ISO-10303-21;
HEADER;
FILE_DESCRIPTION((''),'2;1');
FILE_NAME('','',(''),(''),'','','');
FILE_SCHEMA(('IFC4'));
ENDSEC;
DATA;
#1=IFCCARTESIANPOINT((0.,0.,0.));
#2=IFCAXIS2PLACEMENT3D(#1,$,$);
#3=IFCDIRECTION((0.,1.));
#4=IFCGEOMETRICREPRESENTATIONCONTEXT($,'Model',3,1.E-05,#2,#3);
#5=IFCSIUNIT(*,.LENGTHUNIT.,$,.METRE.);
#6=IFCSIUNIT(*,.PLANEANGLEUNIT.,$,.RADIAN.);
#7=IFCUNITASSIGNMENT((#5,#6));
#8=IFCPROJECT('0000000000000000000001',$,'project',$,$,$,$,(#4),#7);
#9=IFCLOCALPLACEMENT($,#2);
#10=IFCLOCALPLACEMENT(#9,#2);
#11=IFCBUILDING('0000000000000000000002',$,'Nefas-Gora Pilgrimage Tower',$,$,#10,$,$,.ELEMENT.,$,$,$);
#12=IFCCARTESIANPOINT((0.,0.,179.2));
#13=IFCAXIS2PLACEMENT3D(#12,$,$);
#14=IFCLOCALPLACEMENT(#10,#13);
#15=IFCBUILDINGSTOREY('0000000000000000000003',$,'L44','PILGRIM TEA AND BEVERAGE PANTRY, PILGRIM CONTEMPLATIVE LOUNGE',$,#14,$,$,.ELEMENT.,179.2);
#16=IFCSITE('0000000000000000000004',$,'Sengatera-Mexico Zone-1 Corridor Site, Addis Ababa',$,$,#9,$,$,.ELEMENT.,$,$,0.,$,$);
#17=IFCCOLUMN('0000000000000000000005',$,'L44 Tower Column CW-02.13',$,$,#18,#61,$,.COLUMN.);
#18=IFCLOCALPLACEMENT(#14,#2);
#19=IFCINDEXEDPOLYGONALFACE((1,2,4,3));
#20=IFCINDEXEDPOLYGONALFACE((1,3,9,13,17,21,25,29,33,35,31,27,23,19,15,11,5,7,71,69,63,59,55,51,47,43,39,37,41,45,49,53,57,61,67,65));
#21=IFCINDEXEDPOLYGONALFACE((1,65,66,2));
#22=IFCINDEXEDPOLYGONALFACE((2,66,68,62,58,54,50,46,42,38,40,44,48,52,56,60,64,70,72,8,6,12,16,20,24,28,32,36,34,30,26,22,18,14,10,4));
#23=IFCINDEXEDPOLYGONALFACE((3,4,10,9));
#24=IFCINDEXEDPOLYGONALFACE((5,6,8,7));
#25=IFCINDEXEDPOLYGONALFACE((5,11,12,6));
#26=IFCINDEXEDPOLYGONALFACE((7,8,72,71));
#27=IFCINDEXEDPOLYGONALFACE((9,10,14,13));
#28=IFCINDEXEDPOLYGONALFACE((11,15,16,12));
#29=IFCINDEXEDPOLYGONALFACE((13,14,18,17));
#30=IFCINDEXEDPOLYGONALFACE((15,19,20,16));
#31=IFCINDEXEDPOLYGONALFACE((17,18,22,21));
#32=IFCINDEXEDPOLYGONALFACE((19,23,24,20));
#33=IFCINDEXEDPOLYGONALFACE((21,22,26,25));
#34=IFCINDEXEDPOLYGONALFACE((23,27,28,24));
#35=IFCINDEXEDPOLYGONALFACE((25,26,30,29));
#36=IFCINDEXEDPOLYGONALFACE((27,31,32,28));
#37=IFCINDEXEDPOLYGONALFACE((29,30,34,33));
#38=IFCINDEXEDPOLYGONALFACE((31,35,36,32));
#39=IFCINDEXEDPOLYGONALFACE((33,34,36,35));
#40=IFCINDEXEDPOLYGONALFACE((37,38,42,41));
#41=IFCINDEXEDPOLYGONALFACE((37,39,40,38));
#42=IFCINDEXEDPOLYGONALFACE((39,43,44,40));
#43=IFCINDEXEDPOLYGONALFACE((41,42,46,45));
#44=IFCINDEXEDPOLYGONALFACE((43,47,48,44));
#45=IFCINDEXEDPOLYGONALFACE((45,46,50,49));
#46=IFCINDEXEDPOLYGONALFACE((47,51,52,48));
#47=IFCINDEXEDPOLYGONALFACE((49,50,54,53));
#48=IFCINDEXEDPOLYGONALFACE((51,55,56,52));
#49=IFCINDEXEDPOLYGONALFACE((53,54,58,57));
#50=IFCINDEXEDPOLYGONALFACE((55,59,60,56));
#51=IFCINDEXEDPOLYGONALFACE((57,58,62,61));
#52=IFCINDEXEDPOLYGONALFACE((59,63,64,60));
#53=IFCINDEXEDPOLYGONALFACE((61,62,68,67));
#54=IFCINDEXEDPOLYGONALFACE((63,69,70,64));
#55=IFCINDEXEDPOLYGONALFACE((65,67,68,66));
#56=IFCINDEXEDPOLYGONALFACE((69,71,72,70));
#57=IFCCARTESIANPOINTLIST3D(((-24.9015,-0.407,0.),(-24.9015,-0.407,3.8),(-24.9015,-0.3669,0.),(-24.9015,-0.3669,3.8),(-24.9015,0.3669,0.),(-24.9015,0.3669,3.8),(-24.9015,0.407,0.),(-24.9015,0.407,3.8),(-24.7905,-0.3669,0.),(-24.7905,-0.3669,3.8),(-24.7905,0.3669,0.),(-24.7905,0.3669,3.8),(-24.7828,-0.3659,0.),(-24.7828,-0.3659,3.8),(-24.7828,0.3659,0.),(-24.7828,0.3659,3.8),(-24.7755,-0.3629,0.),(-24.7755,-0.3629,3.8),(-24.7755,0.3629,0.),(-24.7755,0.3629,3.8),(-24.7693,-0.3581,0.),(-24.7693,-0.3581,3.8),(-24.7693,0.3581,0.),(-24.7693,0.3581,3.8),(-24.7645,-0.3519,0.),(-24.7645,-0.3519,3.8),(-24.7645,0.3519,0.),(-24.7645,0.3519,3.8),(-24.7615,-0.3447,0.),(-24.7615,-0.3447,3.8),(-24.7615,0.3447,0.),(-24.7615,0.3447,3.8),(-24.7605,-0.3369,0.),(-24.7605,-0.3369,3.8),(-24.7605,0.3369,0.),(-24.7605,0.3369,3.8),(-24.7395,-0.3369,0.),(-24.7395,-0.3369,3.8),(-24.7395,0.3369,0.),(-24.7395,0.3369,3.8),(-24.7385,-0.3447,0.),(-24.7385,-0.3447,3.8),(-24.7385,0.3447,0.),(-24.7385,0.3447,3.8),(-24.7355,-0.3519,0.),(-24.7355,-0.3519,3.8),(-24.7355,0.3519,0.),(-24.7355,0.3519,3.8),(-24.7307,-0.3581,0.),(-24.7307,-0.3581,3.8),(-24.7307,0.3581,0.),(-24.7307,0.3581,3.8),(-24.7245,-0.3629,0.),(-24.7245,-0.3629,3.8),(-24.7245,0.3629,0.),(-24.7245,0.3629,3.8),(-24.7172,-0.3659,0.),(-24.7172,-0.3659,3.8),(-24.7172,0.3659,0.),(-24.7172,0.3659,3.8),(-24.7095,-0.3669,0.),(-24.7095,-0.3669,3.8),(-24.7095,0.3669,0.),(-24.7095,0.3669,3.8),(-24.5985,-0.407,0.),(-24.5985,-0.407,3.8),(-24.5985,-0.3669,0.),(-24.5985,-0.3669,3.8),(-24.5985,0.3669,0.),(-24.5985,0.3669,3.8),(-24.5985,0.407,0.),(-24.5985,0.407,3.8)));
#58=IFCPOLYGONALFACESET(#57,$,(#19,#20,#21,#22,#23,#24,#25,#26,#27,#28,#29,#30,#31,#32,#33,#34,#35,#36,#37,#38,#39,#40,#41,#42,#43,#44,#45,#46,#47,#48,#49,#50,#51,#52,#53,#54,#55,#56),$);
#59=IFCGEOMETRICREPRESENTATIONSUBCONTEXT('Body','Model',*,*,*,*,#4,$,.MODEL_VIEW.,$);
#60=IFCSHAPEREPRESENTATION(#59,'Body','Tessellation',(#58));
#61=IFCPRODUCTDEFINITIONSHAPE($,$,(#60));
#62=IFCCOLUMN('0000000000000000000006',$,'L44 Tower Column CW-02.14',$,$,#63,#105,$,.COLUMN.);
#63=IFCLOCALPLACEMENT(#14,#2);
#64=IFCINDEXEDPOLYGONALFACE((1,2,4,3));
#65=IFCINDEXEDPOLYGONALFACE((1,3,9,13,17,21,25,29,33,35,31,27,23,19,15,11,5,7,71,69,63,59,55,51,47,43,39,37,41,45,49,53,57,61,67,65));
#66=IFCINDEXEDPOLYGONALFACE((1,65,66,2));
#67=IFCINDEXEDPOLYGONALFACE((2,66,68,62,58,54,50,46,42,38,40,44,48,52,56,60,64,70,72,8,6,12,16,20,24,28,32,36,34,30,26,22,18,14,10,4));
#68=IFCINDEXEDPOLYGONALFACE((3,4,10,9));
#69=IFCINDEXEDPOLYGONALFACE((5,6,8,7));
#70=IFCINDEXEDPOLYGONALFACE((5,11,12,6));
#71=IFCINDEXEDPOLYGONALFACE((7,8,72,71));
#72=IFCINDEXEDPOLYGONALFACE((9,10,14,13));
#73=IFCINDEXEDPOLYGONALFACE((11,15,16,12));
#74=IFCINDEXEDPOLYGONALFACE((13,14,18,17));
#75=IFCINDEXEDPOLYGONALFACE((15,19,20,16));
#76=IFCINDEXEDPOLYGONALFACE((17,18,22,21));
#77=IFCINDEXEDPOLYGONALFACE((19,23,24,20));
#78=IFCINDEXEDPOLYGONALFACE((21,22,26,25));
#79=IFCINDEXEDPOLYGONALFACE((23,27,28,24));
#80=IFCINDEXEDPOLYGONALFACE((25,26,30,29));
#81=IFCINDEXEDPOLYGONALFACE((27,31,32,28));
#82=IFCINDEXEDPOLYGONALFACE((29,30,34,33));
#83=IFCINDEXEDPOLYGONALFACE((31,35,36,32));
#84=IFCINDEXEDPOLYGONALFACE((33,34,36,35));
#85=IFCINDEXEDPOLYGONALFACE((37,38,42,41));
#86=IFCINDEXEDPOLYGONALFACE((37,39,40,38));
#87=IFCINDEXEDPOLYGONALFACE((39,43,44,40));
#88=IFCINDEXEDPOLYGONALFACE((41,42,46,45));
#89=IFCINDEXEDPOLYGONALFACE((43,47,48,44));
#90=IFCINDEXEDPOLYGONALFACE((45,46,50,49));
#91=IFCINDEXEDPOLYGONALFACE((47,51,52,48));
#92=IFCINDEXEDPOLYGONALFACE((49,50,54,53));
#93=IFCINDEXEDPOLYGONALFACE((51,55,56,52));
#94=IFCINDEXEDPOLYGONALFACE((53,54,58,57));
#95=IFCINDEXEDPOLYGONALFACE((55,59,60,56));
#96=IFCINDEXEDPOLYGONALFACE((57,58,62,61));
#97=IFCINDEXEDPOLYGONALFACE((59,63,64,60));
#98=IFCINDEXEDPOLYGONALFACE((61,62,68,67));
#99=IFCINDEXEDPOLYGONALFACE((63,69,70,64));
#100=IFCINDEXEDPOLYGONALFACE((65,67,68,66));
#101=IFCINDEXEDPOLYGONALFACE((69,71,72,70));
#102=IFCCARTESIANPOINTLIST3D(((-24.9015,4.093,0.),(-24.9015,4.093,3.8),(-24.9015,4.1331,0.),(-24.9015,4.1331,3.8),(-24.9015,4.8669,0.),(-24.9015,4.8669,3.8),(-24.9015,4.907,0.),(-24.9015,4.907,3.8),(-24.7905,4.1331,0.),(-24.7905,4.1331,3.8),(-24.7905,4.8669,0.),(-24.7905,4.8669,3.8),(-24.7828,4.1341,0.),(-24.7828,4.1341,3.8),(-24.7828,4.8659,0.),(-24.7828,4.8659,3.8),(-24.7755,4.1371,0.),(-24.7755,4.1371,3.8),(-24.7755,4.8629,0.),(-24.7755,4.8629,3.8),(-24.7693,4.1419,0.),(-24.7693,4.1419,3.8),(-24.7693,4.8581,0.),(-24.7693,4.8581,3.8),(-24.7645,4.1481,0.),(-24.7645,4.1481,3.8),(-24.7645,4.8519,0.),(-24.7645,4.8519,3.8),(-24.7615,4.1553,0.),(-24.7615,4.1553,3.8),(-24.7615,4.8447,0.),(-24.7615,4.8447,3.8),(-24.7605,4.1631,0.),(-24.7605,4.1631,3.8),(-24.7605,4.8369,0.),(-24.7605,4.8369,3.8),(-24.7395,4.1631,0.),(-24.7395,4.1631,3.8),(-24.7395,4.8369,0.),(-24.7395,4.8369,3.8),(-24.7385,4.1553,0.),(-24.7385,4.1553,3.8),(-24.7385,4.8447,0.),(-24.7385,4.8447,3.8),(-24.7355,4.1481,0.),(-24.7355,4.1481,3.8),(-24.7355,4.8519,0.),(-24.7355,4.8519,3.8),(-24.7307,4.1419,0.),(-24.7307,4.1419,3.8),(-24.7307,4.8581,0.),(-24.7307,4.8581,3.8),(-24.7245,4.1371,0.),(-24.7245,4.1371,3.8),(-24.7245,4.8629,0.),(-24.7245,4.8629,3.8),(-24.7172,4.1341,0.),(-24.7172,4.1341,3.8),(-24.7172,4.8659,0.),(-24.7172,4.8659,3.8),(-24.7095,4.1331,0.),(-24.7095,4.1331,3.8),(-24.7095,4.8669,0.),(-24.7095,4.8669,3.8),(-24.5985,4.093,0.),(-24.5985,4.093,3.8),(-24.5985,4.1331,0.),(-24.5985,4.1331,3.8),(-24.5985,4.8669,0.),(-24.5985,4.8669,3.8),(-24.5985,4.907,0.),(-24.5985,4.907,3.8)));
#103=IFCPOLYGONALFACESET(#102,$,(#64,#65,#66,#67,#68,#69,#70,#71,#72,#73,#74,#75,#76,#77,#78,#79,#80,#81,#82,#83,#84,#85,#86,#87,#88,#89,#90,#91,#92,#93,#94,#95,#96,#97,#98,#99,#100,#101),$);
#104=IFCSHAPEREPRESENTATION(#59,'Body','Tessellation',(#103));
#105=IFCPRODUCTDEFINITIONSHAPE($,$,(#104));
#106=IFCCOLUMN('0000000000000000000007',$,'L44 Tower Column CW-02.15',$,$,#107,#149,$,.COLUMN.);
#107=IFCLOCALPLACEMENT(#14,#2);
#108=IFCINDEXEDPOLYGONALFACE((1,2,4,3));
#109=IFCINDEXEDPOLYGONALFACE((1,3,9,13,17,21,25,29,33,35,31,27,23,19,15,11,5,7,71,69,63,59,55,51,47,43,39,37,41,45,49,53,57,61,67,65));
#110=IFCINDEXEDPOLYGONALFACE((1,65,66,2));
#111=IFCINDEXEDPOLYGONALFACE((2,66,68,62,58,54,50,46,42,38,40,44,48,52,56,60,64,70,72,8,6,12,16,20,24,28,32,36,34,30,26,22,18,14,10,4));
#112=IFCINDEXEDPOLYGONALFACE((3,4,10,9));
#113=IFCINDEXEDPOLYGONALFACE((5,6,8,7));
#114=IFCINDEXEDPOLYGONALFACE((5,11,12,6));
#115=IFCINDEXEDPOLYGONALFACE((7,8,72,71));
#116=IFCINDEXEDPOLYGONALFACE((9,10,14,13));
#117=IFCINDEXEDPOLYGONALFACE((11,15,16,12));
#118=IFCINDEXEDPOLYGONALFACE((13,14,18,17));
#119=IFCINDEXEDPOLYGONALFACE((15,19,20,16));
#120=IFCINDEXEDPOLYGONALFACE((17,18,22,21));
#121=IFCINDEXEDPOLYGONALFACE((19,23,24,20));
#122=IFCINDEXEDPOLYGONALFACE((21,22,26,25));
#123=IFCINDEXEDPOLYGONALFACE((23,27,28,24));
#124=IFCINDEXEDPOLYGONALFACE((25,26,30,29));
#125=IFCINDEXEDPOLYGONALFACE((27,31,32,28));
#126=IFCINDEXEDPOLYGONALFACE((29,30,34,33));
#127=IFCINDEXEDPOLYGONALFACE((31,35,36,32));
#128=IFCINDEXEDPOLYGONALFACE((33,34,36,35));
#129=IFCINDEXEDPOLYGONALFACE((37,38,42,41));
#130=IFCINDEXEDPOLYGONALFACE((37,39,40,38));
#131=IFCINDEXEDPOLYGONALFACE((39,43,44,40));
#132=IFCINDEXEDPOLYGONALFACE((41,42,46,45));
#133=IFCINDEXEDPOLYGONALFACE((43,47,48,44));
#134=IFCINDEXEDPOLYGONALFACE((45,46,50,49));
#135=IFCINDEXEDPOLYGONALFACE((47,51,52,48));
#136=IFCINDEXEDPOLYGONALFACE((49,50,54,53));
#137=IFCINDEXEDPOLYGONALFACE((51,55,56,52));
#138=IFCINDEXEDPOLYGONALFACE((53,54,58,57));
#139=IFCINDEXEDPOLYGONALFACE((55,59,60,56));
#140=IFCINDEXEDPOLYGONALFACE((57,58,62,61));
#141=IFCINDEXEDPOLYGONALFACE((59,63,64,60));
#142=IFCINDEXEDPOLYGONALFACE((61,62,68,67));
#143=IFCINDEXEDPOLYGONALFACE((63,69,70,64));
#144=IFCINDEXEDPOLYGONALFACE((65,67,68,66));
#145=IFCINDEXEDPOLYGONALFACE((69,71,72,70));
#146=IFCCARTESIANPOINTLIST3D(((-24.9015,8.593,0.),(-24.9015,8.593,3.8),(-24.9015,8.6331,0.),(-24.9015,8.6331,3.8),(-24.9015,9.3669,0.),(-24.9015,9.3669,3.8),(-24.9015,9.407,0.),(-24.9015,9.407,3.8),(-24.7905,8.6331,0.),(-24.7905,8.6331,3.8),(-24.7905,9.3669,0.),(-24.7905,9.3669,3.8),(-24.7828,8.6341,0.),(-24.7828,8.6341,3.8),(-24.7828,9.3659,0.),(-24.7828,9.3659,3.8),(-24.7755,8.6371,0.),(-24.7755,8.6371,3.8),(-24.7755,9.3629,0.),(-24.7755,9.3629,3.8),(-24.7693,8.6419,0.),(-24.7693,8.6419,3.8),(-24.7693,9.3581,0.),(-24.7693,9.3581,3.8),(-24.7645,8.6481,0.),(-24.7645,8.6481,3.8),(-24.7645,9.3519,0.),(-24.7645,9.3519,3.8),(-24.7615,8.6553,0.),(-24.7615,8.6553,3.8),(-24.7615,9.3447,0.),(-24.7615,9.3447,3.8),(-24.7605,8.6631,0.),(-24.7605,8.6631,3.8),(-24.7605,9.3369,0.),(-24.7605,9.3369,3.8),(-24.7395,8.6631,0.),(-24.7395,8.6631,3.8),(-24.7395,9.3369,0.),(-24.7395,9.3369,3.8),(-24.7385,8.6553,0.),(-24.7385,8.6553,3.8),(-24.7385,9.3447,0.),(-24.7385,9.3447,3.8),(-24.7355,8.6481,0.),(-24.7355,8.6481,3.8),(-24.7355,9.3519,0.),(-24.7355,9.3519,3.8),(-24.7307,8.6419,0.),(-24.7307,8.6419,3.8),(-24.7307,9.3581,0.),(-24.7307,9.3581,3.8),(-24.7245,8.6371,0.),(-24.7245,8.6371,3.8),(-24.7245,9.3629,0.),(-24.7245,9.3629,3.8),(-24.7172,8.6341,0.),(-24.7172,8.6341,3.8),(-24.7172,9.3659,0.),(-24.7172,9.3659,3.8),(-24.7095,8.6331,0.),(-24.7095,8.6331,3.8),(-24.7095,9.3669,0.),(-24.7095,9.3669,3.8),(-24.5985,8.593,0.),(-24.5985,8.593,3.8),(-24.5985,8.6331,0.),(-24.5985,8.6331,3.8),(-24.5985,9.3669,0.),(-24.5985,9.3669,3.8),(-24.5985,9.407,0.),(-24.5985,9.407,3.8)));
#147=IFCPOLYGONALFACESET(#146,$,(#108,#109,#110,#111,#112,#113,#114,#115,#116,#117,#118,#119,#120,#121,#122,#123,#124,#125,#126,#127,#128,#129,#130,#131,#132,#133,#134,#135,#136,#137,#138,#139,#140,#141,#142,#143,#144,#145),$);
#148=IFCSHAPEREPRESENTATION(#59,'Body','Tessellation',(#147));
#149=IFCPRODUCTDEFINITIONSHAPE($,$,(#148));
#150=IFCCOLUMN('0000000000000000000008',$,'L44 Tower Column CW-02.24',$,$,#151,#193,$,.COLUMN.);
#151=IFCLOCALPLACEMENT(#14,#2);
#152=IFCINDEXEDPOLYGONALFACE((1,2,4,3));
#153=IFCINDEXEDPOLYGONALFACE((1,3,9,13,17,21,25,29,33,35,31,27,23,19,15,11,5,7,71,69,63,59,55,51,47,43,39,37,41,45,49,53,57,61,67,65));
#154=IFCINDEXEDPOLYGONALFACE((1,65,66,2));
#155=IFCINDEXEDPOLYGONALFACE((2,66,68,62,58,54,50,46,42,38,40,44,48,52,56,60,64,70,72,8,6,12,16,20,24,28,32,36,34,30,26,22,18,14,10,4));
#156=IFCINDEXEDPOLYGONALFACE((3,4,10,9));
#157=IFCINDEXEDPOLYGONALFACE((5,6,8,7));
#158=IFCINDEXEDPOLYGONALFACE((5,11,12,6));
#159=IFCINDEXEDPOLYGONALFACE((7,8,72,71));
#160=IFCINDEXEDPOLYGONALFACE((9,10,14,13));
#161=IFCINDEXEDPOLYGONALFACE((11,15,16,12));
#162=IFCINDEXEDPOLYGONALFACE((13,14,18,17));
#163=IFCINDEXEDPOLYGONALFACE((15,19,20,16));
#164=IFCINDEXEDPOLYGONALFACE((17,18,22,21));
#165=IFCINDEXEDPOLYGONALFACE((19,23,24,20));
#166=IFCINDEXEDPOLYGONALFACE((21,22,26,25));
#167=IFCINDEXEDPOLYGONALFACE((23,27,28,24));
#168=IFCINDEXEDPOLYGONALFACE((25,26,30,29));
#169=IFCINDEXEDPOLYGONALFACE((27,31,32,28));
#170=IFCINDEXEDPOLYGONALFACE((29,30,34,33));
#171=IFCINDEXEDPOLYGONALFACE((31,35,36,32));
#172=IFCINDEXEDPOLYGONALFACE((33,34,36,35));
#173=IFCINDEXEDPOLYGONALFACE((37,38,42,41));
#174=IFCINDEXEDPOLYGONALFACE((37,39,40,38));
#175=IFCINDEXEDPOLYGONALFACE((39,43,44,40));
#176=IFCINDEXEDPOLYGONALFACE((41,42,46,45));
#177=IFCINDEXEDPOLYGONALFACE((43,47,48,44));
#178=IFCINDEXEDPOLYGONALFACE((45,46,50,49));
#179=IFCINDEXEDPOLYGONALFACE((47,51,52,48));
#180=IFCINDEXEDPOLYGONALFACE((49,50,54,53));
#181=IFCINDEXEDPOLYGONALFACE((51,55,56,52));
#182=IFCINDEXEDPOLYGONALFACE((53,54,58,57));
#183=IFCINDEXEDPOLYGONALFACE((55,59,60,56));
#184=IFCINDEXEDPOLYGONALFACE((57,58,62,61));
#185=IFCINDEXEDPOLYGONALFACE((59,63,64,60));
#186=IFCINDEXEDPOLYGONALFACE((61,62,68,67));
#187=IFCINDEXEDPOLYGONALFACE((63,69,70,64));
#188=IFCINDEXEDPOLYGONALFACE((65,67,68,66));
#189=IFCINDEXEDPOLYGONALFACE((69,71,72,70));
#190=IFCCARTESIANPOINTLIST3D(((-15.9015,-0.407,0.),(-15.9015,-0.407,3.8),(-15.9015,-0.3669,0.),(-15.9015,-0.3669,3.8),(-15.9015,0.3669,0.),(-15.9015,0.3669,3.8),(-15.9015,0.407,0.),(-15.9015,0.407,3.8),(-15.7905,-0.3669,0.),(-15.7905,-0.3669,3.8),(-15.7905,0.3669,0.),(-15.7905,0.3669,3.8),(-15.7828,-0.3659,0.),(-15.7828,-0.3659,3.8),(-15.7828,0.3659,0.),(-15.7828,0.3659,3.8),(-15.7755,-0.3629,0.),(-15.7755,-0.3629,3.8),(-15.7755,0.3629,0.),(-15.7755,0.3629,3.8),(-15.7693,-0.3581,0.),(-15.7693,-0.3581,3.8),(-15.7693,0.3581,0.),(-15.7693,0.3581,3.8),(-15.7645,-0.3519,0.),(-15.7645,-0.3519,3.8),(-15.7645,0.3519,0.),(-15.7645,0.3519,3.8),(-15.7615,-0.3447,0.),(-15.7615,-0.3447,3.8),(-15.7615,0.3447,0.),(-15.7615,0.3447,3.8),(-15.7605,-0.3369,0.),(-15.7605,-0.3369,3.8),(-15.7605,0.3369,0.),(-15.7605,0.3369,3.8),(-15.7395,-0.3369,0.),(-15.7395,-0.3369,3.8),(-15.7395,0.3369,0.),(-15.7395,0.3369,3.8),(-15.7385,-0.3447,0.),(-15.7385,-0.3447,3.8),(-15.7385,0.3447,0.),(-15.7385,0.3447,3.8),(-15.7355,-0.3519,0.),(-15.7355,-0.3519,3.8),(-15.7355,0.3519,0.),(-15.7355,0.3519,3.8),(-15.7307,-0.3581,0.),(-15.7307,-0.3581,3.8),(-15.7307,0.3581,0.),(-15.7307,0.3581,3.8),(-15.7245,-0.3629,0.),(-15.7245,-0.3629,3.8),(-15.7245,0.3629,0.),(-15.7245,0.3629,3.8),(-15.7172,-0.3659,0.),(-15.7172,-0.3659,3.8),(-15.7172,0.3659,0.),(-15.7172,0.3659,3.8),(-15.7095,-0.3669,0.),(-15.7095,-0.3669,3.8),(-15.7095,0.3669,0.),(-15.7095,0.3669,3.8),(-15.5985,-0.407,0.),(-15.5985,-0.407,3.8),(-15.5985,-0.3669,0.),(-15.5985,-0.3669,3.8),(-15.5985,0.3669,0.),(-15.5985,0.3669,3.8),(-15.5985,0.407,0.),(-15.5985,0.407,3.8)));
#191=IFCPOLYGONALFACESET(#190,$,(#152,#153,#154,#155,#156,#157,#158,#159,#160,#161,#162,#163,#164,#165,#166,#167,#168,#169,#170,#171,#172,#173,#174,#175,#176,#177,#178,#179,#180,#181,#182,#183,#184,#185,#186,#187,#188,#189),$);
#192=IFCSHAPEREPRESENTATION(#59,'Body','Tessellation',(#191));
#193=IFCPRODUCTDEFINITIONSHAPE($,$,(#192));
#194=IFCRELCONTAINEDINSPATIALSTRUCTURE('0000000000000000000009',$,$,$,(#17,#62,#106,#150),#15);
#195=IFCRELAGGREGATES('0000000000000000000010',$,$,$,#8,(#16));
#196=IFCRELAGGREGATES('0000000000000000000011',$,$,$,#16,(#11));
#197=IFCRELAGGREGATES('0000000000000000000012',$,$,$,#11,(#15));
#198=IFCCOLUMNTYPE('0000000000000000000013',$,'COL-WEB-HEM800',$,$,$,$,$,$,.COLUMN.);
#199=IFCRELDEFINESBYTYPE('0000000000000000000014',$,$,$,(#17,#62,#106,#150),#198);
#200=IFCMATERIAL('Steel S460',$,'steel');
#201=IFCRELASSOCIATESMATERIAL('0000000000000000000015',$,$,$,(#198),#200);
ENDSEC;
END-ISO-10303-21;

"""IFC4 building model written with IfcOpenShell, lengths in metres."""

from ifc_helpers import new_model, si_unit, direction, frame, origin, origin_2d, place, context, subcontext, project, spatial, i_section, extrude, source, transform, mapped, material, material_profile, profile_set, type_object, element, save


model = new_model("IFC4")

# Units and contexts
model_context = context("Model", 3, precision=1e-05, world=origin(), true_north=direction((0.0, 1.0)))
body_context = subcontext(model_context, "Body", "Model", "MODEL_VIEW")
ifc_project = project(units=[si_unit("LENGTHUNIT", "METRE"), si_unit("PLANEANGLEUNIT", "RADIAN")], contexts=[model_context])

# Site, building, storey
site_placement = place(None, origin())
site = spatial("IfcSite", under=ifc_project, at=site_placement, Name="Sengatera-Mexico Zone-1 Corridor Site, Addis Ababa", CompositionType="ELEMENT", RefElevation=0.0)
building_placement = place(site_placement, origin())
building = spatial("IfcBuilding", under=site, at=building_placement, Name="Nefas-Gora Pilgrimage Tower", CompositionType="ELEMENT")
storey_placement = place(building_placement, frame((0.0, 0.0, 179.2)))
storey = spatial("IfcBuildingStorey", under=building, at=storey_placement, Name="L44", Description="PILGRIM TEA AND BEVERAGE PANTRY, PILGRIM CONTEMPLATIVE LOUNGE", CompositionType="ELEMENT", Elevation=179.2)

# Columns
ifc_material_1 = material(Name="Steel S460", Category="steel")
ifc_material_profile_1 = material_profile(ifc_material_1, i_section(OverallWidth=0.303, OverallDepth=0.814, WebThickness=0.021, FlangeThickness=0.04, FilletRadius=0.03, at=origin_2d()), Name="HEM 800")
ifc_profile_set_1 = profile_set([ifc_material_profile_1], Name="Steel S460")
column_type_1 = type_object("IfcColumnType", Name="COL-WEB-HEM800", PredefinedType="COLUMN", material=ifc_profile_set_1)
shared_shape_1 = source(origin(), body_context, "Body", "SweptSolid", [
    extrude(i_section(OverallWidth=0.303, OverallDepth=0.814, WebThickness=0.021, FlangeThickness=0.04, FilletRadius=0.03, at=origin_2d()), origin(), (0.0, 0.0, 1.0), 3.8),
])
for number, where, z_axis, x_axis, name in (
    (1, (-24.75, 0.0, 0.0), (0.0, 0.0, 1.0), (1.0, 0.0, 0.0), "L44 Tower Column CW-02.13"),
    (2, (-24.75, 4.5, 0.0), (0.0, 0.0, 1.0), (1.0, 0.0, 0.0), "L44 Tower Column CW-02.14"),
    (3, (-24.75, 9.0, 0.0), (0.0, 0.0, 1.0), (1.0, 0.0, 0.0), "L44 Tower Column CW-02.15"),
    (4, (-15.75, 0.0, 0.0), (0.0, 0.0, 1.0), (1.0, 0.0, 0.0), "L44 Tower Column CW-02.24"),
):
    element("IfcColumn", number, at=place(storey_placement, frame(where, z_axis=z_axis, x_axis=x_axis)), inside=storey, type_object=column_type_1, Name=name, PredefinedType="COLUMN", context=body_context, shape_type="MappedRepresentation", body=[
        mapped(shared_shape_1, transform((0.0, 0.0, 0.0), x_axis=(1.0, 0.0, 0.0), y_axis=(0.0, 1.0, 0.0), z_axis=(0.0, 0.0, 1.0), scale=1.0)),
    ])

save(model, "model.ifc")
